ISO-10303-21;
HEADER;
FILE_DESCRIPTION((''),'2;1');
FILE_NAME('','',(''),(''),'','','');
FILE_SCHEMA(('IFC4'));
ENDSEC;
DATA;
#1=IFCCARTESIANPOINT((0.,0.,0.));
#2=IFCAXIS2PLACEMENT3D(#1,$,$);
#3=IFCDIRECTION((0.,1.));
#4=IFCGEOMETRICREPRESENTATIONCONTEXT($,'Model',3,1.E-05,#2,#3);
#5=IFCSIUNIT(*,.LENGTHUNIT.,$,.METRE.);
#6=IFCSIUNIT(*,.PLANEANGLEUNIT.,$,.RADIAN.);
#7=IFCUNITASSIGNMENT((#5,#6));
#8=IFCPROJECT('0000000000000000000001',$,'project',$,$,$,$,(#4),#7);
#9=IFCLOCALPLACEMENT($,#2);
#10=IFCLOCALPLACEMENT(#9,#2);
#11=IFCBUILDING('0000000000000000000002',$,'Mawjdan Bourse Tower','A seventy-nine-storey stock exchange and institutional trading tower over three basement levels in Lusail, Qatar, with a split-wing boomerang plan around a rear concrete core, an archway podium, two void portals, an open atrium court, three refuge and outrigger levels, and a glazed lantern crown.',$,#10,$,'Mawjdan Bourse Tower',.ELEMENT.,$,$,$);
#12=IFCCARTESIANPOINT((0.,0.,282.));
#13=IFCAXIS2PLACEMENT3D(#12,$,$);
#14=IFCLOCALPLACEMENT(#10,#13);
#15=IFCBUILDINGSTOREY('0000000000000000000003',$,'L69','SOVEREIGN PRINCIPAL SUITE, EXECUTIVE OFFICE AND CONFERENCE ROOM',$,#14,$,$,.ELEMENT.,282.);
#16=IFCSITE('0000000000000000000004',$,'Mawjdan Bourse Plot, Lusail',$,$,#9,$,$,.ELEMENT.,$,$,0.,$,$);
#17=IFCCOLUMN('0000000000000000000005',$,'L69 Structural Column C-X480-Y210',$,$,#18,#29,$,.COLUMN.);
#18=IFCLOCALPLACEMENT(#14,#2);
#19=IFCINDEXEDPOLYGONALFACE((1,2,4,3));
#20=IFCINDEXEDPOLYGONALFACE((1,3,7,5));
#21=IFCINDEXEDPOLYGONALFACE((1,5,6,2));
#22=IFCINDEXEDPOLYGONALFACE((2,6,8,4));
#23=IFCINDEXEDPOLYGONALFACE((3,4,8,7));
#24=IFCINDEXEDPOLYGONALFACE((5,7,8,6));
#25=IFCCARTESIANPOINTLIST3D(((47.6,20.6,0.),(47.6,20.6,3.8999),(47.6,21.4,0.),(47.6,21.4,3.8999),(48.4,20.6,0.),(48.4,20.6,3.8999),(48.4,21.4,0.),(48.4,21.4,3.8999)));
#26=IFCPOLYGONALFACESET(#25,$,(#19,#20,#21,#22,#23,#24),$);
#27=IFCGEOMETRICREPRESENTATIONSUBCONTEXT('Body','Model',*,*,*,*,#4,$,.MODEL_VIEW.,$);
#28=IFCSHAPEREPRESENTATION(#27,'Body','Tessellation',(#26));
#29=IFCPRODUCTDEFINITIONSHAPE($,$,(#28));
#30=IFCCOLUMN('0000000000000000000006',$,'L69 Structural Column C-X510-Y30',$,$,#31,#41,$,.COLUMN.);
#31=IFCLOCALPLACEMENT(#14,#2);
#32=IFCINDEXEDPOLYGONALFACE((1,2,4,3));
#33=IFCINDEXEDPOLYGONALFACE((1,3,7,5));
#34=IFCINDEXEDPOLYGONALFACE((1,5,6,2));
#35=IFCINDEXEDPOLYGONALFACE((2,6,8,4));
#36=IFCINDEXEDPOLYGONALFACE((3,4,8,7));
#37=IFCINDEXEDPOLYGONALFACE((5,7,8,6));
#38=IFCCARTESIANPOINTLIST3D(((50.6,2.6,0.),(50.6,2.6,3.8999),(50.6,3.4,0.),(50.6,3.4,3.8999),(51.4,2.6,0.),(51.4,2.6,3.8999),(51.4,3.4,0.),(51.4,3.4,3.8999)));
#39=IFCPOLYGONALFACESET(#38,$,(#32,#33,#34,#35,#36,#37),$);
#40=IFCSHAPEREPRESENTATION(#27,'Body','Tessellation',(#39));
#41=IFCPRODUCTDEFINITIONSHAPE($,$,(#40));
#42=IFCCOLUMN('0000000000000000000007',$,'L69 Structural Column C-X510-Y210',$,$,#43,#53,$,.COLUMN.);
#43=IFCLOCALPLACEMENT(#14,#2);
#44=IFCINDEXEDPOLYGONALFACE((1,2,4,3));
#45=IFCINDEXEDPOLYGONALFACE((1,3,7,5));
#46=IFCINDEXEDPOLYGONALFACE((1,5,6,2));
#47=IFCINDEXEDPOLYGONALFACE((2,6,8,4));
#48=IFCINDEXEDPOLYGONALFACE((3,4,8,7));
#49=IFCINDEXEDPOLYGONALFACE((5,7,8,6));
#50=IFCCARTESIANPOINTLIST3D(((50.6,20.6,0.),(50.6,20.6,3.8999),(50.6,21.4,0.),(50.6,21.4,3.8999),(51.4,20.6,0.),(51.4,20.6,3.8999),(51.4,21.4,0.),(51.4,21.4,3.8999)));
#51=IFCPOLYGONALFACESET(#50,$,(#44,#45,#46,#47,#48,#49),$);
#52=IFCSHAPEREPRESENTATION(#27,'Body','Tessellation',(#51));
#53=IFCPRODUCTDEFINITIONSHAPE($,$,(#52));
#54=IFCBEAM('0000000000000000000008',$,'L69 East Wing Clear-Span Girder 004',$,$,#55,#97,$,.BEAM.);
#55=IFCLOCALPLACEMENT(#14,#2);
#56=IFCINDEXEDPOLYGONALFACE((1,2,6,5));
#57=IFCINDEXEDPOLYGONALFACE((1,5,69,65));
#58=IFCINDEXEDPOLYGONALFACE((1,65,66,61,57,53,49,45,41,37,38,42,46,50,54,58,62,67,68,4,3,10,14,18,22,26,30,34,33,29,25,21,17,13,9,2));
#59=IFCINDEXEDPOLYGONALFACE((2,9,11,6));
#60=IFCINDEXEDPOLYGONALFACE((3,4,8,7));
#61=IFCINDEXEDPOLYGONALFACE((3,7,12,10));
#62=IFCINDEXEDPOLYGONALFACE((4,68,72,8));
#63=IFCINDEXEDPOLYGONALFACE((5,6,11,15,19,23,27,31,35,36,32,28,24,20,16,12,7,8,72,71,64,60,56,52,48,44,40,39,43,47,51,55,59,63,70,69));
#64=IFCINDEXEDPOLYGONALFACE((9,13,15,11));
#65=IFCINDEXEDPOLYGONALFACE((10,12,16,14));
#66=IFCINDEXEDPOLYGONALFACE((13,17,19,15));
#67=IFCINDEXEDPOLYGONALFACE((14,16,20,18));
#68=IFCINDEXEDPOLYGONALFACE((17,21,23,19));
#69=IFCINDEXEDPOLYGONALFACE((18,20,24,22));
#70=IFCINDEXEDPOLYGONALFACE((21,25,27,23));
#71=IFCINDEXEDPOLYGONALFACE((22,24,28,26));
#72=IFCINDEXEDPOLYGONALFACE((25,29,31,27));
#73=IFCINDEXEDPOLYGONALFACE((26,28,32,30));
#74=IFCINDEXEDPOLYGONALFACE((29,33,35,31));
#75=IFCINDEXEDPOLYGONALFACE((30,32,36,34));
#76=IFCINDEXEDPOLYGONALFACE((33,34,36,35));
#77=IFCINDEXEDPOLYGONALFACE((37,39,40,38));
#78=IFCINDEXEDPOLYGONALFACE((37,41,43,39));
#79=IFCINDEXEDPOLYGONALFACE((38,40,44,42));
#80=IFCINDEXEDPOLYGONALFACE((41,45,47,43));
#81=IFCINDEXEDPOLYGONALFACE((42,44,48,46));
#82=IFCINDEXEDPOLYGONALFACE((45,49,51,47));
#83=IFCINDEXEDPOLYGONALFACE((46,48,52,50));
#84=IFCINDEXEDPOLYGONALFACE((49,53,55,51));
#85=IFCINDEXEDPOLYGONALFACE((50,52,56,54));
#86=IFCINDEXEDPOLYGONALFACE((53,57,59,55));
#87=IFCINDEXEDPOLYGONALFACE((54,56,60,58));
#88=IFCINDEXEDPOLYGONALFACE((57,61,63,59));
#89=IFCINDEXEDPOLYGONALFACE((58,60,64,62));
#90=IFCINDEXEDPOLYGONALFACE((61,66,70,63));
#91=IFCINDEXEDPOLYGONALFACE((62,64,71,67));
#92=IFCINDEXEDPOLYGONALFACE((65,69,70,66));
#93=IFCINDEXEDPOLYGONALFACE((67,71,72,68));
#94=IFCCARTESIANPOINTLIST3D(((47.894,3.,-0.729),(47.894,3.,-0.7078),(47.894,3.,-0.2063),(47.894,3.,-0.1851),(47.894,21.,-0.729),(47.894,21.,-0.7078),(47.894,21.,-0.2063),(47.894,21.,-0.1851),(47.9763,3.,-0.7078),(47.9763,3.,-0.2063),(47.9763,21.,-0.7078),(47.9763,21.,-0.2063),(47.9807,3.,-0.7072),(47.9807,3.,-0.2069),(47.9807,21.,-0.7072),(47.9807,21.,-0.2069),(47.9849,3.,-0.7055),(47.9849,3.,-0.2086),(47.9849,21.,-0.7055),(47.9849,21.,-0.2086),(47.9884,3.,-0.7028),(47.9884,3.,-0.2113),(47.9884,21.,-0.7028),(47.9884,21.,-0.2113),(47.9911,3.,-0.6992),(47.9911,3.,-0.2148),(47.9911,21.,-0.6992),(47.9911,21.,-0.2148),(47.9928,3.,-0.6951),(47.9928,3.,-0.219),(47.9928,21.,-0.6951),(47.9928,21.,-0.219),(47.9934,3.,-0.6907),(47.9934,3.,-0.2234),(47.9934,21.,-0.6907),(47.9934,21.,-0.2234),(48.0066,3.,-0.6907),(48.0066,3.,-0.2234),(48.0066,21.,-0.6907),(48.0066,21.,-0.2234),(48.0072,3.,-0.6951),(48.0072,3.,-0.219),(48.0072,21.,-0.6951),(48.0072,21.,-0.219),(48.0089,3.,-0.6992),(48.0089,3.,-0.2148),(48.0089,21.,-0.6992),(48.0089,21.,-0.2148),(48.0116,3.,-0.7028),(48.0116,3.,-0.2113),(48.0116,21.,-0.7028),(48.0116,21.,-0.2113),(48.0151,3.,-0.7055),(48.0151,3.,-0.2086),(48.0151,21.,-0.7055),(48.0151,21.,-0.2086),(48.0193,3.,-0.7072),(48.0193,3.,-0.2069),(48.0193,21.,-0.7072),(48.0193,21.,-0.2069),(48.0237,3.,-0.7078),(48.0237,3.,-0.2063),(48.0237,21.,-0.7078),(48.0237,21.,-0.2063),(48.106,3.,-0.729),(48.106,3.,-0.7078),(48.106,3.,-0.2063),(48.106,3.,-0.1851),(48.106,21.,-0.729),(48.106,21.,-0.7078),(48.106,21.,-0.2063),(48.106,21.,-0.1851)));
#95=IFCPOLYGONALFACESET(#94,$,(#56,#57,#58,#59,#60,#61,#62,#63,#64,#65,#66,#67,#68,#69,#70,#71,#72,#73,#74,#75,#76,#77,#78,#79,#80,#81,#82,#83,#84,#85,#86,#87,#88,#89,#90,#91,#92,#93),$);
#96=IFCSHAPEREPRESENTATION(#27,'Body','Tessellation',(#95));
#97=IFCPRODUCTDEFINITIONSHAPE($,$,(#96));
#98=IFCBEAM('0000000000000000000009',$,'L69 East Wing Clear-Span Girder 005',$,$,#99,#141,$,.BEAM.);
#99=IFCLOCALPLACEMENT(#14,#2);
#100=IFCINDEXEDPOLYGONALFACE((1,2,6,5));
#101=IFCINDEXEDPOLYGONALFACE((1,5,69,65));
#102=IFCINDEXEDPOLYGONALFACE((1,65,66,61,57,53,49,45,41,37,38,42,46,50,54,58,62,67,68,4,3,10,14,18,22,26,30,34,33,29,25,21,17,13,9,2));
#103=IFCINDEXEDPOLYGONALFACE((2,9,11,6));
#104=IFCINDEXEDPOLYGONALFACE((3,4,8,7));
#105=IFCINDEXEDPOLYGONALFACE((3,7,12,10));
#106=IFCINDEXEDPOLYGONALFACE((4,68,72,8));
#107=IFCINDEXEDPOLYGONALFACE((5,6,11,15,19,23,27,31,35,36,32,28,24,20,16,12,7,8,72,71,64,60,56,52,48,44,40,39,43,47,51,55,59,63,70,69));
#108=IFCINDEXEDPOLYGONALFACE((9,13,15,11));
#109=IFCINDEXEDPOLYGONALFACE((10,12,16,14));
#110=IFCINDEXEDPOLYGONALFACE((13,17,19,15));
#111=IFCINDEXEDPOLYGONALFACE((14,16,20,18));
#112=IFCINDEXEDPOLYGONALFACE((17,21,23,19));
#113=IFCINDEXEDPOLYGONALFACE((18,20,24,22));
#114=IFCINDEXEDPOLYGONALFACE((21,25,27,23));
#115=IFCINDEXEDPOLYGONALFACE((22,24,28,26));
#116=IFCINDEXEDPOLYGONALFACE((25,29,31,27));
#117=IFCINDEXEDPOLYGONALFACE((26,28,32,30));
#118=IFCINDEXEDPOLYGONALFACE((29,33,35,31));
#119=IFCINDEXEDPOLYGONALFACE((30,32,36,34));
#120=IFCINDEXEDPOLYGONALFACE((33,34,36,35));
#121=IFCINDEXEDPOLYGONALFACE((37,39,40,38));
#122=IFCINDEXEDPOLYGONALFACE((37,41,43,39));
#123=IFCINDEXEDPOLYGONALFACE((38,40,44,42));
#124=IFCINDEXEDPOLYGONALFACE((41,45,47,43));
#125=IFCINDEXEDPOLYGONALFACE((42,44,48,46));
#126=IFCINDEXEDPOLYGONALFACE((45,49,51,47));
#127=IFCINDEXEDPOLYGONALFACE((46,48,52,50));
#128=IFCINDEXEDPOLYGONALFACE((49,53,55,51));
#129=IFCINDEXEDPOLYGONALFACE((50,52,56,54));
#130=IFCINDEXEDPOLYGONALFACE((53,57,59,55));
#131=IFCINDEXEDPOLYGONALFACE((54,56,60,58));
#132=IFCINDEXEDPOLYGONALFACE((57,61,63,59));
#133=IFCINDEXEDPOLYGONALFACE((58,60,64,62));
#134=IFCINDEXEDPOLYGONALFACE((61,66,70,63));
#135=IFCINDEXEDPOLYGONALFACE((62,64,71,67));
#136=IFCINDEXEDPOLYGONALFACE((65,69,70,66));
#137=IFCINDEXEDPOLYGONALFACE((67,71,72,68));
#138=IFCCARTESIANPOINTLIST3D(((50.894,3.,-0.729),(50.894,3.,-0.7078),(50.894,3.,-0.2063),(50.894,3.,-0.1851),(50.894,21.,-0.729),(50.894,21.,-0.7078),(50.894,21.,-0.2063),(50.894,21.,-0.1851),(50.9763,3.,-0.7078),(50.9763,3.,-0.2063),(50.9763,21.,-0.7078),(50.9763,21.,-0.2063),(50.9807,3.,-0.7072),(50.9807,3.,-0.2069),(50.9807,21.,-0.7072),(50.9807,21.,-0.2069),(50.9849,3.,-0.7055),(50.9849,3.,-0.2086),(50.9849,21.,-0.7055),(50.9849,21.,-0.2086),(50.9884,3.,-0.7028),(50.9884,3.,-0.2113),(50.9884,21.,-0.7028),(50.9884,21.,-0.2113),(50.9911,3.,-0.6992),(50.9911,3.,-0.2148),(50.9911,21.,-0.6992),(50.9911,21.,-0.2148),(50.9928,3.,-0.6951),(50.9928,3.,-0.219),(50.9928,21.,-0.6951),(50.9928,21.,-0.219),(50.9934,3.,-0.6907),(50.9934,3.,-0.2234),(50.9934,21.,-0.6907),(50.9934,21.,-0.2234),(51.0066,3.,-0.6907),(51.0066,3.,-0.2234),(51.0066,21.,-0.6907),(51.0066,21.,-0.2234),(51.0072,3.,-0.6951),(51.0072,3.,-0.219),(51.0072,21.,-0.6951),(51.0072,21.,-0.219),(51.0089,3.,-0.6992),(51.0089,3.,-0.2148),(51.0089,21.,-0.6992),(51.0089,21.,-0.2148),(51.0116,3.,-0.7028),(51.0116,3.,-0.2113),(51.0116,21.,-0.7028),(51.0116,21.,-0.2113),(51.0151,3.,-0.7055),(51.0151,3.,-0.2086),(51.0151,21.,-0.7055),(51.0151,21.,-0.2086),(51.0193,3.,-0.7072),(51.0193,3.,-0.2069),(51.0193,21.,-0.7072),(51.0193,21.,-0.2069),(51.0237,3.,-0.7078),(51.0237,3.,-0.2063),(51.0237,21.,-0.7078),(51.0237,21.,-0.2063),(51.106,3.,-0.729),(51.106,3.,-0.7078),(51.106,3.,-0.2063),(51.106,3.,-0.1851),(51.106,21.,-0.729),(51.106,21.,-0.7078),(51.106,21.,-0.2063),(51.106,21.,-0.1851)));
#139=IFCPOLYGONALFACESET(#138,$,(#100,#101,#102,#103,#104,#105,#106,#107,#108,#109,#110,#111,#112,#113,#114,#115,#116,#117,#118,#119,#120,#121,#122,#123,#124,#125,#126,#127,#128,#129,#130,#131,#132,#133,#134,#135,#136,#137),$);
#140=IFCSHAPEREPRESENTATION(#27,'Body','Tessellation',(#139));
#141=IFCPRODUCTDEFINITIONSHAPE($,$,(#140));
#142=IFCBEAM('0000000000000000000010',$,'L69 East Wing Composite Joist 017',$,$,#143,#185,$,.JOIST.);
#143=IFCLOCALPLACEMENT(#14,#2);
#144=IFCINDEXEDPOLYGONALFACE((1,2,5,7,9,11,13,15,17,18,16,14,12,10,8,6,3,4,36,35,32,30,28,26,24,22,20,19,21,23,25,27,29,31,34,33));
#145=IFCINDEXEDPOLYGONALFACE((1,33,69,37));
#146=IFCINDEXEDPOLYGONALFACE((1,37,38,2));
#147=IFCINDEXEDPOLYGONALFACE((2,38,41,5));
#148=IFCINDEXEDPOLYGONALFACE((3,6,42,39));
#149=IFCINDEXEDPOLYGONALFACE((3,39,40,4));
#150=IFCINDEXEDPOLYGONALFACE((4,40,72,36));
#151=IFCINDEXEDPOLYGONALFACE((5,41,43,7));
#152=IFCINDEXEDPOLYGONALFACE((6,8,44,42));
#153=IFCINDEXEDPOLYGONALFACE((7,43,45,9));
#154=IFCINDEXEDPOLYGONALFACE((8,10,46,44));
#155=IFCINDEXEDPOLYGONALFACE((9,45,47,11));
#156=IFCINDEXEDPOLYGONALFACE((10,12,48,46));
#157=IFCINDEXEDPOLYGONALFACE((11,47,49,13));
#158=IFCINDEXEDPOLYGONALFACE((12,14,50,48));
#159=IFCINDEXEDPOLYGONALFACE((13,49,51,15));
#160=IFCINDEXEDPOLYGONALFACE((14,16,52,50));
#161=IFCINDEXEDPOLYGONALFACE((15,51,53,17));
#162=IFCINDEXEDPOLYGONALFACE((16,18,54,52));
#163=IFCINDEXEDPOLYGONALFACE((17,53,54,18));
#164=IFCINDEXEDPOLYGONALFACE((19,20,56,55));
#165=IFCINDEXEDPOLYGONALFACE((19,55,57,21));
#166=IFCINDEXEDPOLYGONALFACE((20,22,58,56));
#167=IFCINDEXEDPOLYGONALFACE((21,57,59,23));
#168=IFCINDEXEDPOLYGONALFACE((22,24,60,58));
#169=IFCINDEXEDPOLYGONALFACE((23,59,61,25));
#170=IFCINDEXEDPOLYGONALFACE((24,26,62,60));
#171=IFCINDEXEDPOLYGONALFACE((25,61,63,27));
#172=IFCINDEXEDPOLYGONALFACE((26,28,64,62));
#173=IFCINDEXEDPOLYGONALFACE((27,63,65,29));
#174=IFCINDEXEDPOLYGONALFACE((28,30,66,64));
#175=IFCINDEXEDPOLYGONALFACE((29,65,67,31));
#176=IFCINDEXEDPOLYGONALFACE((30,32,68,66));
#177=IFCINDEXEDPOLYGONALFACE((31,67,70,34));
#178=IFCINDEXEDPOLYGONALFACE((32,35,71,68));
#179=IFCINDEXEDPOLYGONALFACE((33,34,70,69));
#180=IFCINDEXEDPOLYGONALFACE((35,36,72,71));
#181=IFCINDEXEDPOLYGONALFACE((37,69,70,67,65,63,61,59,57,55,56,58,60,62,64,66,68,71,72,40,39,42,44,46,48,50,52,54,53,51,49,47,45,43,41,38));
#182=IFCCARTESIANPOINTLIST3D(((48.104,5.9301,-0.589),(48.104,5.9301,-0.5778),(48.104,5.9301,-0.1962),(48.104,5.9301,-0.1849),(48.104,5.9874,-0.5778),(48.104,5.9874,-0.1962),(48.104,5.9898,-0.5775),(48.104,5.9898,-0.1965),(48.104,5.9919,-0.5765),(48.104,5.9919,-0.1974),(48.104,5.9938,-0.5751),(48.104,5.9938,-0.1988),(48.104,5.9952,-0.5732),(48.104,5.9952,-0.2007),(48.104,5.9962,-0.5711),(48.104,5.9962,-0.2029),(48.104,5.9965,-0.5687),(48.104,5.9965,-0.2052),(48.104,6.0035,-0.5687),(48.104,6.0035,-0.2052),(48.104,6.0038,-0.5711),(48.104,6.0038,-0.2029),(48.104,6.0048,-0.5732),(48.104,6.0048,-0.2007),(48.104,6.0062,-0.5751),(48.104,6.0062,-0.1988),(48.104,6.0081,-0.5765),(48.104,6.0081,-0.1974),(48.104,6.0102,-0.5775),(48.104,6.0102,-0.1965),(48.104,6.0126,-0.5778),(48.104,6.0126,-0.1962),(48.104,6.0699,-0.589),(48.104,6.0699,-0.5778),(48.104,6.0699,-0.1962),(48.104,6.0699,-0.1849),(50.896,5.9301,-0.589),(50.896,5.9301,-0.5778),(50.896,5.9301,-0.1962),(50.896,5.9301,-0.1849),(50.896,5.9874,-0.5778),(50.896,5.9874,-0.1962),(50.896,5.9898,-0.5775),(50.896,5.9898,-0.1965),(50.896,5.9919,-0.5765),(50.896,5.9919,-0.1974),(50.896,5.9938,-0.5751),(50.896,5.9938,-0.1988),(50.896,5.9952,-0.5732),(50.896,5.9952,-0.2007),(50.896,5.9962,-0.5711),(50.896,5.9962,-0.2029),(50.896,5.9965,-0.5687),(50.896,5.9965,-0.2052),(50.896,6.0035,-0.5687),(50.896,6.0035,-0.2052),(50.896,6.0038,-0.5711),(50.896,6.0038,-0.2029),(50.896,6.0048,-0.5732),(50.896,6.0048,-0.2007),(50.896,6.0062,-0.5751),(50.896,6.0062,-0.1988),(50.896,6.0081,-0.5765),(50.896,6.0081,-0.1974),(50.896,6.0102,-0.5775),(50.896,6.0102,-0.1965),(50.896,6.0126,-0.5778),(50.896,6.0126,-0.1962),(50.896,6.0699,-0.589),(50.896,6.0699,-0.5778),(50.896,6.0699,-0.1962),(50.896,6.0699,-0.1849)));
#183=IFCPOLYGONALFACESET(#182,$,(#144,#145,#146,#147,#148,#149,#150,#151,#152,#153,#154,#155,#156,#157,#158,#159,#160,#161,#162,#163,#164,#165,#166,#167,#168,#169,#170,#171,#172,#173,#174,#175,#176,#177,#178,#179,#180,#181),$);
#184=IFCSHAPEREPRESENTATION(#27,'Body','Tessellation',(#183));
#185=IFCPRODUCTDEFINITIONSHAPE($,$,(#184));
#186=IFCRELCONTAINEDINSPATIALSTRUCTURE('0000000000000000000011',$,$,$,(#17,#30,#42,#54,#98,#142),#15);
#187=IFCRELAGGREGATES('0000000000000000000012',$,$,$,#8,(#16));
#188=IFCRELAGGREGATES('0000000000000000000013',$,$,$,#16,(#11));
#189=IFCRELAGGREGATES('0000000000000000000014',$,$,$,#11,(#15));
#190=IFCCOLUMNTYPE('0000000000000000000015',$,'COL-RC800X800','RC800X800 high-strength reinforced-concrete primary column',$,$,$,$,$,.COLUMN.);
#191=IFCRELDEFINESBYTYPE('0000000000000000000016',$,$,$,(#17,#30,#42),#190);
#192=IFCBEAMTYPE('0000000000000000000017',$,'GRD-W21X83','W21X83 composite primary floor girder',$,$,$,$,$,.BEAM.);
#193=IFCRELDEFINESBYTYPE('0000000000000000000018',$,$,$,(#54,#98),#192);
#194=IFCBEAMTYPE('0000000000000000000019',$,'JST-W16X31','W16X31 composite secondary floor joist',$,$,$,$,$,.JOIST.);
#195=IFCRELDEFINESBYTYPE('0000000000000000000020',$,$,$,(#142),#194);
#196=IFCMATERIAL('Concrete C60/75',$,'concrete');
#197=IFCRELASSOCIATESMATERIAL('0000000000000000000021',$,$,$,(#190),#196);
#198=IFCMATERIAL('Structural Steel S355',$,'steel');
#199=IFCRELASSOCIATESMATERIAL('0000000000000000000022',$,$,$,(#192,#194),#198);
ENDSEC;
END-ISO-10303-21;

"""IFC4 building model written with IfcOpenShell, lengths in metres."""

from ifc_helpers import new_model, si_unit, direction, frame, origin, origin_2d, place, context, subcontext, project, spatial, rectangle, i_section, extrude, material, material_profile, profile_set, type_object, element, save


model = new_model("IFC4")

# Units and contexts
model_context = context("Model", 3, precision=1e-05, world=origin(), true_north=direction((0.0, 1.0)))
body_context = subcontext(model_context, "Body", "Model", "MODEL_VIEW")
ifc_project = project(units=[si_unit("LENGTHUNIT", "METRE"), si_unit("PLANEANGLEUNIT", "RADIAN")], contexts=[model_context])

# Site, building, storey
site_placement = place(None, origin())
site = spatial("IfcSite", under=ifc_project, at=site_placement, Name="Mawjdan Bourse Plot, Lusail", CompositionType="ELEMENT", RefElevation=0.0)
building_placement = place(site_placement, origin())
building = spatial("IfcBuilding", under=site, at=building_placement, Name="Mawjdan Bourse Tower", Description="A seventy-nine-storey stock exchange and institutional trading tower over three basement levels in Lusail, Qatar, with a split-wing boomerang plan around a rear concrete core, an archway podium, two void portals, an open atrium court, three refuge and outrigger levels, and a glazed lantern crown.", LongName="Mawjdan Bourse Tower", CompositionType="ELEMENT")
storey_placement = place(building_placement, frame((0.0, 0.0, 282.0)))
storey = spatial("IfcBuildingStorey", under=building, at=storey_placement, Name="L69", Description="SOVEREIGN PRINCIPAL SUITE, EXECUTIVE OFFICE AND CONFERENCE ROOM", CompositionType="ELEMENT", Elevation=282.0)

# Columns
ifc_material_1 = material(Name="Concrete C60/75", Category="concrete")
ifc_material_profile_1 = material_profile(ifc_material_1, rectangle(XDim=0.8, YDim=0.8, at=origin_2d()), Name="RC800X800")
ifc_profile_set_1 = profile_set([ifc_material_profile_1], Name="Concrete C60/75")
column_type = type_object("IfcColumnType", Name="COL-RC800X800", Description="RC800X800 high-strength reinforced-concrete primary column", PredefinedType="COLUMN", material=ifc_profile_set_1)
for number, where, z_axis, x_axis, name in (
    (1, (48.0, 21.0, 0.0), (0.0, 0.0, 1.0), (1.0, 0.0, 0.0), "L69 Structural Column C-X480-Y210"),
    (2, (51.0, 3.0, 0.0), (0.0, 0.0, 1.0), (1.0, 0.0, 0.0), "L69 Structural Column C-X510-Y30"),
    (3, (51.0, 21.0, 0.0), (0.0, 0.0, 1.0), (1.0, 0.0, 0.0), "L69 Structural Column C-X510-Y210"),
):
    element("IfcColumn", number, at=place(storey_placement, frame(where, z_axis=z_axis, x_axis=x_axis)), inside=storey, type_object=column_type, Name=name, PredefinedType="COLUMN", context=body_context, shape_type="SweptSolid", body=[
        extrude(rectangle(XDim=0.8, YDim=0.8, at=origin_2d()), origin(), (0.0, 0.0, 1.0), 3.8999),
    ])

# Beams
ifc_material_2 = material(Name="Structural Steel S355", Category="steel")
ifc_material_profile_2 = material_profile(ifc_material_2, i_section(OverallWidth=0.2119, OverallDepth=0.5439, WebThickness=0.0132, FlangeThickness=0.0212, FilletRadius=0.0171, at=origin_2d()), Name="W21X83")
ifc_profile_set_2 = profile_set([ifc_material_profile_2], Name="Structural Steel S355")
beam_type_1 = type_object("IfcBeamType", Name="GRD-W21X83", Description="W21X83 composite primary floor girder", PredefinedType="BEAM", material=ifc_profile_set_2)
for number, where, z_axis, x_axis, name in (
    (4, (48.0, 3.0, -0.457), (0.0, 1.0, 0.0), (-1.0, 0.0, 0.0), "L69 East Wing Clear-Span Girder 004"),
    (5, (51.0, 3.0, -0.457), (0.0, 1.0, 0.0), (-1.0, 0.0, 0.0), "L69 East Wing Clear-Span Girder 005"),
):
    element("IfcBeam", number, at=place(storey_placement, frame(where, z_axis=z_axis, x_axis=x_axis)), inside=storey, type_object=beam_type_1, Name=name, PredefinedType="BEAM", context=body_context, shape_type="SweptSolid", body=[
        extrude(i_section(OverallWidth=0.2119, OverallDepth=0.5439, WebThickness=0.0132, FlangeThickness=0.0212, FilletRadius=0.0171, at=origin_2d()), origin(), (0.0, 0.0, 1.0), 18.0),
    ])
ifc_material_profile_3 = material_profile(ifc_material_2, i_section(OverallWidth=0.1399, OverallDepth=0.4041, WebThickness=0.0071, FlangeThickness=0.0112, FilletRadius=0.009, at=origin_2d()), Name="W16X31")
ifc_profile_set_3 = profile_set([ifc_material_profile_3], Name="Structural Steel S355")
beam_type_2 = type_object("IfcBeamType", Name="JST-W16X31", Description="W16X31 composite secondary floor joist", PredefinedType="JOIST", material=ifc_profile_set_3)
for number, where, z_axis, x_axis, name in (
    (6, (48.104, 6.0, -0.387), (1.0, 0.0, 0.0), (0.0, 1.0, 0.0), "L69 East Wing Composite Joist 017"),
):
    element("IfcBeam", number, at=place(storey_placement, frame(where, z_axis=z_axis, x_axis=x_axis)), inside=storey, type_object=beam_type_2, Name=name, PredefinedType="JOIST", context=body_context, shape_type="SweptSolid", body=[
        extrude(i_section(OverallWidth=0.1399, OverallDepth=0.4041, WebThickness=0.0071, FlangeThickness=0.0112, FilletRadius=0.009, at=origin_2d()), origin(), (0.0, 0.0, 1.0), 2.792),
    ])

save(model, "model.ifc")
